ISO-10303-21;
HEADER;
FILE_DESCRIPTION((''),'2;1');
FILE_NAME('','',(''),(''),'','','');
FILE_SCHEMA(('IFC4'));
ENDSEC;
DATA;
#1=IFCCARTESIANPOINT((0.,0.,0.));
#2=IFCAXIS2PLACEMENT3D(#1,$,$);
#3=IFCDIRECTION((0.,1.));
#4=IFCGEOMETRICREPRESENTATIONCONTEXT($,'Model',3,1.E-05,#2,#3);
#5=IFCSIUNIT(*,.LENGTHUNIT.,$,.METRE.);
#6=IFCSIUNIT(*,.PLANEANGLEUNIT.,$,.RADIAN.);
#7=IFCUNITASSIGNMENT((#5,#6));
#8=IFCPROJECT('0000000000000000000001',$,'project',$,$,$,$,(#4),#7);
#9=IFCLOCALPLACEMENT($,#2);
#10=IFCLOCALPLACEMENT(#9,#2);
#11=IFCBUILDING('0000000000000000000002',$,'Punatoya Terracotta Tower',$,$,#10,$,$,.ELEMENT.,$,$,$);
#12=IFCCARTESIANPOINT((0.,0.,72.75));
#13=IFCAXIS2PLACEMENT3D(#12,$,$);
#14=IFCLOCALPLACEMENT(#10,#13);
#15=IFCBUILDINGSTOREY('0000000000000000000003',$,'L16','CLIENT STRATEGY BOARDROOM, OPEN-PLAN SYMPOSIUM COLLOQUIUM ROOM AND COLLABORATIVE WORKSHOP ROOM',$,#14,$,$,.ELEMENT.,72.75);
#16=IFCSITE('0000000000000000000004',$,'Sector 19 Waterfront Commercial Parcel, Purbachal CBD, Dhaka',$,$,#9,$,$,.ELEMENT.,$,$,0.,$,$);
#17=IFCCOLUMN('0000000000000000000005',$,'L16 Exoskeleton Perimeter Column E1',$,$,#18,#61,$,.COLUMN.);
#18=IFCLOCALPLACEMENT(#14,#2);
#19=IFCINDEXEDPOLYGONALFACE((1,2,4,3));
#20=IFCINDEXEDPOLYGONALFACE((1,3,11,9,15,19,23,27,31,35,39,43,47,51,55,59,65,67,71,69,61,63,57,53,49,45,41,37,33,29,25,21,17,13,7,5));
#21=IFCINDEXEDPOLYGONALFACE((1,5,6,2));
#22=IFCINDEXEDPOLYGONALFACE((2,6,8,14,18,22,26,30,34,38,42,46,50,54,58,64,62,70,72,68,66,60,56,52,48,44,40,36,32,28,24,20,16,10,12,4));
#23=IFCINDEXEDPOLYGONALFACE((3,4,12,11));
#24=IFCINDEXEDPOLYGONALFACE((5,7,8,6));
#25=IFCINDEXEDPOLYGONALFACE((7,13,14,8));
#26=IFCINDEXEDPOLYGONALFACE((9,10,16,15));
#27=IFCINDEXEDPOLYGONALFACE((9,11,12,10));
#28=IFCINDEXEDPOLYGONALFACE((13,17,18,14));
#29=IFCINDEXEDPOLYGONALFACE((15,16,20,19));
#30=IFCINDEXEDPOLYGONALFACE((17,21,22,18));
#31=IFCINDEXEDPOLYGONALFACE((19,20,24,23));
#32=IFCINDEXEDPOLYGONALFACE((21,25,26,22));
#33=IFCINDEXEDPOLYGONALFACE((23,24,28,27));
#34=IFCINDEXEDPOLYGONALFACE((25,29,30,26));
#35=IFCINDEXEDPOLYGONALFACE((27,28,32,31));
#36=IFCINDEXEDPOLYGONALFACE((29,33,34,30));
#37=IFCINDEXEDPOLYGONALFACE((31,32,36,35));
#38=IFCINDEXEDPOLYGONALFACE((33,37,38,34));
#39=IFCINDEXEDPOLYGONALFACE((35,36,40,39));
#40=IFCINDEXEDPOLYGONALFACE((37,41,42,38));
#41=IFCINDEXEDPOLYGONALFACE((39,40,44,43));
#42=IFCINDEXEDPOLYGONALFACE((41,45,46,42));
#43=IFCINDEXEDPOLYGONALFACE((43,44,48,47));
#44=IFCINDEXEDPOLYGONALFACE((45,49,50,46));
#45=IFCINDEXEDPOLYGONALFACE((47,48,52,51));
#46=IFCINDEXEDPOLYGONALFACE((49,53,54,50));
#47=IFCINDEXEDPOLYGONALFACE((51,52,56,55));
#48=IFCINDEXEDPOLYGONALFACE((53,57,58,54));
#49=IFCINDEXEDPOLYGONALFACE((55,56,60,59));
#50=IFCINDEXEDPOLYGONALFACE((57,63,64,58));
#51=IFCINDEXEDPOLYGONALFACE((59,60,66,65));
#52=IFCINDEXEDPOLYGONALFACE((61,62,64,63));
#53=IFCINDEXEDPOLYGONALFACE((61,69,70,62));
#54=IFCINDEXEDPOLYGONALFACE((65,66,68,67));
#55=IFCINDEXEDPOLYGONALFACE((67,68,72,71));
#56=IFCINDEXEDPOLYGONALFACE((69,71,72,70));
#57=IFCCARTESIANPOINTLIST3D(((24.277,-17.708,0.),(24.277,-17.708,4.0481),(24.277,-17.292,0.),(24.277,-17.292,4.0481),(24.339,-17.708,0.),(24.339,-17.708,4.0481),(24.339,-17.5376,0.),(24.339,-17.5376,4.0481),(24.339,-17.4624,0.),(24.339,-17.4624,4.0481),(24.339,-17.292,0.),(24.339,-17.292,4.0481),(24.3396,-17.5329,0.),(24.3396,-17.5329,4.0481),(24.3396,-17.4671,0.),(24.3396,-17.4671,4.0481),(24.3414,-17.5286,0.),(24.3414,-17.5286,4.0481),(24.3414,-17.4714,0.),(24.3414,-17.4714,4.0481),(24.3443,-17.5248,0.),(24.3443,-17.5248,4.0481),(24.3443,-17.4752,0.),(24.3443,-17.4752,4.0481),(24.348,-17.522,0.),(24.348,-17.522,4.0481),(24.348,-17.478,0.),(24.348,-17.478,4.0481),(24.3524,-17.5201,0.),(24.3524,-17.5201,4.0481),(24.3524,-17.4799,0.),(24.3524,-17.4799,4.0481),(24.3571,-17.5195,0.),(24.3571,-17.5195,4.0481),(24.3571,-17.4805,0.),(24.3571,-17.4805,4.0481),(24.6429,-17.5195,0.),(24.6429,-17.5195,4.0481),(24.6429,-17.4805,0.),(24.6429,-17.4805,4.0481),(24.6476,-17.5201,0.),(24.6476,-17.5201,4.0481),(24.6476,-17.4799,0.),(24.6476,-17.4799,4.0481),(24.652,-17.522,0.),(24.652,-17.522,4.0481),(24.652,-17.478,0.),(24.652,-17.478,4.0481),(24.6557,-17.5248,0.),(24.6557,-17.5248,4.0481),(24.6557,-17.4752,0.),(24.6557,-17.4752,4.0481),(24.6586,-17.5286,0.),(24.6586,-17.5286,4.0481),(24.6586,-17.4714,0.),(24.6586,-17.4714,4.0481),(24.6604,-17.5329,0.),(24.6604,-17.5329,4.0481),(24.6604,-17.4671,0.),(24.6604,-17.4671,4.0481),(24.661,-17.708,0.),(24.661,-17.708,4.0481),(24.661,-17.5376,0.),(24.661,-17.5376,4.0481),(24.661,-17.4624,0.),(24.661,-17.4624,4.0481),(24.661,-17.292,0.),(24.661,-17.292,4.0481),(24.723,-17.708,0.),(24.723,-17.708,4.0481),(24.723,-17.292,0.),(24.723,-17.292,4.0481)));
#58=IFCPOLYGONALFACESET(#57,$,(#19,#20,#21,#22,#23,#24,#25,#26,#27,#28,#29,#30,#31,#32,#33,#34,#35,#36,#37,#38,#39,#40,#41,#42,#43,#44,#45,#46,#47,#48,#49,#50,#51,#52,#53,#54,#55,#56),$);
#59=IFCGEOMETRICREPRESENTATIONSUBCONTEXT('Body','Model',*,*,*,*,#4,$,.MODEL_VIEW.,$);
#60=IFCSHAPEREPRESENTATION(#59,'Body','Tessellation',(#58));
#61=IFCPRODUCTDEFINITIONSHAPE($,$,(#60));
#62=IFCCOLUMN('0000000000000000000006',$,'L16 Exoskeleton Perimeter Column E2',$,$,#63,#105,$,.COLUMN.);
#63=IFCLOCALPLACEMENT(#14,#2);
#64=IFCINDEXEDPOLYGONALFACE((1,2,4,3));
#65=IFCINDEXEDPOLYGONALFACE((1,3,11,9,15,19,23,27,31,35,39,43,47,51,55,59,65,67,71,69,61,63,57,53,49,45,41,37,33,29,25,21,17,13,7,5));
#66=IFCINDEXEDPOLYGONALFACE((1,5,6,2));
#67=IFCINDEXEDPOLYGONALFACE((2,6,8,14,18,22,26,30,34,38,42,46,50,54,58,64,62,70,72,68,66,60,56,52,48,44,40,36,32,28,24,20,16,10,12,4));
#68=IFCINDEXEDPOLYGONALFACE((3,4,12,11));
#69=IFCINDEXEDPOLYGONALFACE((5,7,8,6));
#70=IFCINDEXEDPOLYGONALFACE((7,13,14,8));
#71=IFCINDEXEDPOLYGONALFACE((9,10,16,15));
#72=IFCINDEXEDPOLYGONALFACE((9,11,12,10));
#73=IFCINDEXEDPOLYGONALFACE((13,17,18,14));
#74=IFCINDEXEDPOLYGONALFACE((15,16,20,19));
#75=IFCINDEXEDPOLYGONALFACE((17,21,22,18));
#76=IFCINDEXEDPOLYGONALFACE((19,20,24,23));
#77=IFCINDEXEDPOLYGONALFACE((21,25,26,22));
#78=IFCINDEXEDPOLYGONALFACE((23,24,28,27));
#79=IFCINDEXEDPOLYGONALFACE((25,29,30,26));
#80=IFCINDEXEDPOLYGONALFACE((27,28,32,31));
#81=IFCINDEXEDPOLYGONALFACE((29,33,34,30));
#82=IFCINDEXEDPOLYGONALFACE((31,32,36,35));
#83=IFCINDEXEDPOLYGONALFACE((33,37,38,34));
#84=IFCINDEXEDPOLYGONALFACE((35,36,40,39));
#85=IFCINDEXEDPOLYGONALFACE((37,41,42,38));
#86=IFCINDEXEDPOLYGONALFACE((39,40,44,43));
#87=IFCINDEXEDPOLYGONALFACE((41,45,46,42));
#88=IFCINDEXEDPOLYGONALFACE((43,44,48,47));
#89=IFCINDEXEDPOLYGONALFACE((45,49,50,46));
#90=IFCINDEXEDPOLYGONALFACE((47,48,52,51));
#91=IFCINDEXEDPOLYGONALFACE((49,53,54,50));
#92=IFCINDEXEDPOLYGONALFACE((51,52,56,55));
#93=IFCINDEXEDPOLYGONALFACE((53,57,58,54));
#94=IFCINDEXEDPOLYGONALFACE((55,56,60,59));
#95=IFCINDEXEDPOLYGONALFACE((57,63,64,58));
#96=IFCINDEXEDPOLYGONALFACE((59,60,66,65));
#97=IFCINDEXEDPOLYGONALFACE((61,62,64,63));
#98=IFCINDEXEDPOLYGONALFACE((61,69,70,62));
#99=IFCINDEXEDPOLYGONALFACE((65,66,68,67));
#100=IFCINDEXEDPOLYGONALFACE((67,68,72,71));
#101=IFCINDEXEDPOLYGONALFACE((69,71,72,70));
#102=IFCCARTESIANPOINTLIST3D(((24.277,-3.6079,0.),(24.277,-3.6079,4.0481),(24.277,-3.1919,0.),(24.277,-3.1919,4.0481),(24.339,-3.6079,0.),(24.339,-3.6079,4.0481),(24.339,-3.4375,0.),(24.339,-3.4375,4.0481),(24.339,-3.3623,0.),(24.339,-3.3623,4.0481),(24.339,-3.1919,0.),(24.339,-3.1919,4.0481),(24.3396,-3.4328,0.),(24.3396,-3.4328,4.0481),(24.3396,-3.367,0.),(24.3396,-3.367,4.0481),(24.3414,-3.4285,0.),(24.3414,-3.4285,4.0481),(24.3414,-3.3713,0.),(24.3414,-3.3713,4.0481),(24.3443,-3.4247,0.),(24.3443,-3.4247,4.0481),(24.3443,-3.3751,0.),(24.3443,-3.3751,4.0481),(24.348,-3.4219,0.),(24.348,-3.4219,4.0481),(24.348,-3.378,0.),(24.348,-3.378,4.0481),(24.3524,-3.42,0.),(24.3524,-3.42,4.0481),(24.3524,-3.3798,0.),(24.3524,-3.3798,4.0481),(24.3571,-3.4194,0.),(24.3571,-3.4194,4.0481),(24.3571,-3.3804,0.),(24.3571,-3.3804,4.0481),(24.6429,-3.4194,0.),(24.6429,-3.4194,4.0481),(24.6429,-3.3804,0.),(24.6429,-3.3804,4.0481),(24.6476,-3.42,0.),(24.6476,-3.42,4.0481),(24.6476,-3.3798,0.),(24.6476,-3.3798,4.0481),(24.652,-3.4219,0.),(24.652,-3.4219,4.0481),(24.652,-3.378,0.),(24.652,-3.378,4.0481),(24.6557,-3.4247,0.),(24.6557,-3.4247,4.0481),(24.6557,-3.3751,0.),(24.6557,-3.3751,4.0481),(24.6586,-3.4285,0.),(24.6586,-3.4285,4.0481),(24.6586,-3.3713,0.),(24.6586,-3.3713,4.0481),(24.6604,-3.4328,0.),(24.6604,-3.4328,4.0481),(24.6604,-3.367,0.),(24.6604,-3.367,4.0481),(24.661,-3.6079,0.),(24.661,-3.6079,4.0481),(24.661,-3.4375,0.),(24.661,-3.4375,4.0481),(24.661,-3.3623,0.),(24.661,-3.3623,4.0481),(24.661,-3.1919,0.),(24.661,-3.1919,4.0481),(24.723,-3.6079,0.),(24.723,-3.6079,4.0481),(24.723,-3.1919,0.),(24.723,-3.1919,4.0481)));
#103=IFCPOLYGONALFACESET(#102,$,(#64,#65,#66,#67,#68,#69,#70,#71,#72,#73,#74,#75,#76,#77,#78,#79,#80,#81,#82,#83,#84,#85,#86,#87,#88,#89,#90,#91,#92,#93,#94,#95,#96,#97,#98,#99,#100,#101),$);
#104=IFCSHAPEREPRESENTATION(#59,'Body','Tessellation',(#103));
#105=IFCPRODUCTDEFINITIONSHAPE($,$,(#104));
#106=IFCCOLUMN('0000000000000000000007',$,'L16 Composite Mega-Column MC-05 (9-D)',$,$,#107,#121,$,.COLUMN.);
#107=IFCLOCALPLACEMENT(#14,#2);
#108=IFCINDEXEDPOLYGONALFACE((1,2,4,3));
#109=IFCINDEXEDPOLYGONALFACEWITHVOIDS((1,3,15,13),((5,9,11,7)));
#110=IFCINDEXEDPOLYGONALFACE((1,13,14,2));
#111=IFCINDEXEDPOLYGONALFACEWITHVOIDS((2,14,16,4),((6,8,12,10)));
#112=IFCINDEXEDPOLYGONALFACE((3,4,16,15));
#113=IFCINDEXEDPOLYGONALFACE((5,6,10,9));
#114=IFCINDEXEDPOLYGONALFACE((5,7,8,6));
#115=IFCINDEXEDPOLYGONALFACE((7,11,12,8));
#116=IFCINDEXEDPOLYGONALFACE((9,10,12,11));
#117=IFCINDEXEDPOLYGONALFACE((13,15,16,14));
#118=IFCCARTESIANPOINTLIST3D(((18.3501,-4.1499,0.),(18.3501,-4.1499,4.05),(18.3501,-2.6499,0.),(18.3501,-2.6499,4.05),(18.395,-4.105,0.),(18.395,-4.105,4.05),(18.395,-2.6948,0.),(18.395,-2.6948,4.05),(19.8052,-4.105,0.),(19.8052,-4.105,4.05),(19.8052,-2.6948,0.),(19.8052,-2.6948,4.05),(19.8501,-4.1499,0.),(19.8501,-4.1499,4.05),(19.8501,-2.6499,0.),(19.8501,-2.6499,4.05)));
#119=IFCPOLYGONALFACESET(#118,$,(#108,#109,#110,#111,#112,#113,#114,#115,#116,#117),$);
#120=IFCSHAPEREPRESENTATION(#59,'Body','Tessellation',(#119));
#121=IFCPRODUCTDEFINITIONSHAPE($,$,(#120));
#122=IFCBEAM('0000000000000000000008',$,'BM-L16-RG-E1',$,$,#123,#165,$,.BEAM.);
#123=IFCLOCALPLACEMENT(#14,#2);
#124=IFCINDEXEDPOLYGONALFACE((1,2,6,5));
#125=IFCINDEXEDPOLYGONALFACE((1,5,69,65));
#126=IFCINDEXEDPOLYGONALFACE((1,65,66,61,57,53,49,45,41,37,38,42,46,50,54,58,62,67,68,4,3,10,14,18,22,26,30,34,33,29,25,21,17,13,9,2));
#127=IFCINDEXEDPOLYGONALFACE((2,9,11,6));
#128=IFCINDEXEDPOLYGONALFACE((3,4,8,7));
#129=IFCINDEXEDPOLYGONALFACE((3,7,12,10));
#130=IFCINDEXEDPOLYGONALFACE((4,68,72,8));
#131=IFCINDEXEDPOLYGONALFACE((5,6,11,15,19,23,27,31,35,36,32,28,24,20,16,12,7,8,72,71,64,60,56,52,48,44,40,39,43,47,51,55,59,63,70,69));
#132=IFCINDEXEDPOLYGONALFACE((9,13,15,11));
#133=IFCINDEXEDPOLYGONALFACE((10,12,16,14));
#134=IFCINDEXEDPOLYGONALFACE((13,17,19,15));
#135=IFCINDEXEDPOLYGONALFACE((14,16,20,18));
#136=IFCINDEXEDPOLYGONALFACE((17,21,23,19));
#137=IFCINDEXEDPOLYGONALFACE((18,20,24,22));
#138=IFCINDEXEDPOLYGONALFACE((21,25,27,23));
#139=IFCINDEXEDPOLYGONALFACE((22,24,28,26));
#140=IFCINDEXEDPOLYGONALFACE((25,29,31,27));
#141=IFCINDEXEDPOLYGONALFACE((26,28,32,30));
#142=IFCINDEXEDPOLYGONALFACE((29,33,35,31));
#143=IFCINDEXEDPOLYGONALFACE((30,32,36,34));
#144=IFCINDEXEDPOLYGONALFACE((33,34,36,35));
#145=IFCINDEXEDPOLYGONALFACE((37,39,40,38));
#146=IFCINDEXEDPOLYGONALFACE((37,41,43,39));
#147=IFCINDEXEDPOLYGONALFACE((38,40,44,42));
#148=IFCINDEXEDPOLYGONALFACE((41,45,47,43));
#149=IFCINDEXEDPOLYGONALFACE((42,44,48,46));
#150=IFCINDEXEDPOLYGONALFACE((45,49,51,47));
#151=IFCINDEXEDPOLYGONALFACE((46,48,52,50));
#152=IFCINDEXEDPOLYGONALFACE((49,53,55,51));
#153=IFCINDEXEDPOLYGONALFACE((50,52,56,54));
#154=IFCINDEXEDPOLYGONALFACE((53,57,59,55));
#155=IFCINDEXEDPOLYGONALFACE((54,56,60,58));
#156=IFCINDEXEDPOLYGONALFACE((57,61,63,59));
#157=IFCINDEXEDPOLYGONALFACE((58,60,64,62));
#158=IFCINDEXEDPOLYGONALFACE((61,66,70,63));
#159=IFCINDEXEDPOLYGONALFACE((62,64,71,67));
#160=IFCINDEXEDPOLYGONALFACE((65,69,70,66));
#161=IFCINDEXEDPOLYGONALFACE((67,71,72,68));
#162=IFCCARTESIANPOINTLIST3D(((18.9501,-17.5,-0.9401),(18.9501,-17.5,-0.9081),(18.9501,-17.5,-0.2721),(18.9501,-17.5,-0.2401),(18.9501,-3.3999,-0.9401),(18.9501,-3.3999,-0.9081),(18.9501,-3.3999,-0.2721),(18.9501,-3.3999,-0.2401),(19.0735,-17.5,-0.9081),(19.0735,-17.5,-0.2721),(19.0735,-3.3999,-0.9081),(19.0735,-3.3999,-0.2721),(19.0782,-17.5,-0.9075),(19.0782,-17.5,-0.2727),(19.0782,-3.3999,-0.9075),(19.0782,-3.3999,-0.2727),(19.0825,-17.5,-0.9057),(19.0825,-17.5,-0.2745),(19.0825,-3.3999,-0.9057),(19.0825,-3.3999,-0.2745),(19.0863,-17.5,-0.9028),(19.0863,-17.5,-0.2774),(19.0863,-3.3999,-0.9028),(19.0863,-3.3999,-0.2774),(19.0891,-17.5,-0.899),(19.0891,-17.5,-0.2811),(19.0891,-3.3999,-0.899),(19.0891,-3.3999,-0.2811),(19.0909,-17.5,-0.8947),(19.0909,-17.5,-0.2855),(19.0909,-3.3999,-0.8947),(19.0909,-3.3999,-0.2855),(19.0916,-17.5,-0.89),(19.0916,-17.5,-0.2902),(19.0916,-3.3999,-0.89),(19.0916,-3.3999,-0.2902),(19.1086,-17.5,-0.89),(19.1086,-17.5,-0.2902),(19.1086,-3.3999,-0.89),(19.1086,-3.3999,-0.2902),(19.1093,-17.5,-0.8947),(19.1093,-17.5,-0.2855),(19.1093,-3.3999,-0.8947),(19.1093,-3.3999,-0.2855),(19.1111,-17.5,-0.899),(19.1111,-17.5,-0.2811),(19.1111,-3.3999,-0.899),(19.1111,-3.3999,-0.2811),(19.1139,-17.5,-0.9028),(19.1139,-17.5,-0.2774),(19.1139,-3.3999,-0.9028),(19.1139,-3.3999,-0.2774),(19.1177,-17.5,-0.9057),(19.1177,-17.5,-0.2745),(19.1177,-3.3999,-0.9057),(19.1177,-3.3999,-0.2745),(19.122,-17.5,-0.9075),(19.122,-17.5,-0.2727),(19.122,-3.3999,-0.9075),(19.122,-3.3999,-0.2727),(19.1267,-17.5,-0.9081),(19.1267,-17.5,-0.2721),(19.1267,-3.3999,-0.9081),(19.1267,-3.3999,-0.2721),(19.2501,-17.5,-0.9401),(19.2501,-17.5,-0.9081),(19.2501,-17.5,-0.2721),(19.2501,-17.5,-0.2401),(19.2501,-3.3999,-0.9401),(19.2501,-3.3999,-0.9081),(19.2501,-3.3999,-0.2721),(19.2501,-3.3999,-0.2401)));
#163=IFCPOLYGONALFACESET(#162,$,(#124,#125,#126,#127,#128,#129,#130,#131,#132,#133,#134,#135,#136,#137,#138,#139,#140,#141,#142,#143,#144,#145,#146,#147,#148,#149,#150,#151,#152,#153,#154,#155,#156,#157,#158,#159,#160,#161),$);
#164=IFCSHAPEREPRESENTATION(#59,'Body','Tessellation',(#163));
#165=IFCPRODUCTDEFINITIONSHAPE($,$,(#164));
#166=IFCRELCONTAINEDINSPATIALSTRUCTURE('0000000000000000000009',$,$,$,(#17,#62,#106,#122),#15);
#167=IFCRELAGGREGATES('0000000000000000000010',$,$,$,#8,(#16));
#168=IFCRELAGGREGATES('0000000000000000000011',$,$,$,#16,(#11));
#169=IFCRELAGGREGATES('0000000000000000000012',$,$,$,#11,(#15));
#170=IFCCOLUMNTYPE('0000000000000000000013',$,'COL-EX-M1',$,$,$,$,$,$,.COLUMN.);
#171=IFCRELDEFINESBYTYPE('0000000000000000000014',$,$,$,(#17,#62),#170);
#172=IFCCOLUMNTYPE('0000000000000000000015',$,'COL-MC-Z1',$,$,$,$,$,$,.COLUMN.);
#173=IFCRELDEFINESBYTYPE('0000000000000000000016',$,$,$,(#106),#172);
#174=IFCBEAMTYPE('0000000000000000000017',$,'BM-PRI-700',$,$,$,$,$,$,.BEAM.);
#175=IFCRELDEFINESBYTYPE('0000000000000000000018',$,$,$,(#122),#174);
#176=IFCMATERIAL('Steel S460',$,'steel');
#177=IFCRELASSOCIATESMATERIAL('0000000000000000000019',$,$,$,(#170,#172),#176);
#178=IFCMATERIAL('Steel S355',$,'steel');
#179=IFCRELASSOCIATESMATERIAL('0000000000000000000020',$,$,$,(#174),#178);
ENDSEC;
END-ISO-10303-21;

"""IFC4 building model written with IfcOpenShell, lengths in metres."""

from ifc_helpers import new_model, si_unit, direction, frame, origin, origin_2d, place, context, subcontext, project, spatial, hollow_rectangle, i_section, extrude, material, material_profile, profile_set, type_object, element, save


model = new_model("IFC4")

# Units and contexts
model_context = context("Model", 3, precision=1e-05, world=origin(), true_north=direction((0.0, 1.0)))
body_context = subcontext(model_context, "Body", "Model", "MODEL_VIEW")
ifc_project = project(units=[si_unit("LENGTHUNIT", "METRE"), si_unit("PLANEANGLEUNIT", "RADIAN")], contexts=[model_context])

# Site, building, storey
site_placement = place(None, origin())
site = spatial("IfcSite", under=ifc_project, at=site_placement, Name="Sector 19 Waterfront Commercial Parcel, Purbachal CBD, Dhaka", CompositionType="ELEMENT", RefElevation=0.0)
building_placement = place(site_placement, origin())
building = spatial("IfcBuilding", under=site, at=building_placement, Name="Punatoya Terracotta Tower", CompositionType="ELEMENT")
storey_placement = place(building_placement, frame((0.0, 0.0, 72.75)))
storey = spatial("IfcBuildingStorey", under=building, at=storey_placement, Name="L16", Description="CLIENT STRATEGY BOARDROOM, OPEN-PLAN SYMPOSIUM COLLOQUIUM ROOM AND COLLABORATIVE WORKSHOP ROOM", CompositionType="ELEMENT", Elevation=72.75)

# Columns
ifc_material_1 = material(Name="Steel S460", Category="steel")
ifc_material_profile_1 = material_profile(ifc_material_1, i_section(OverallWidth=0.416, OverallDepth=0.446, WebThickness=0.0391, FlangeThickness=0.062, FilletRadius=0.0181, at=origin_2d()))
ifc_profile_set_1 = profile_set([ifc_material_profile_1], Name="Steel S460")
column_type_1 = type_object("IfcColumnType", Name="COL-EX-M1", PredefinedType="COLUMN", material=ifc_profile_set_1)
for number, where, z_axis, x_axis, name in (
    (1, (24.5, -17.5, 0.0), (0.0, 0.0, 1.0), (0.0, 1.0, 0.0), "L16 Exoskeleton Perimeter Column E1"),
    (2, (24.5, -3.3999, 0.0), (0.0, 0.0, 1.0), (0.0, 1.0, 0.0), "L16 Exoskeleton Perimeter Column E2"),
):
    element("IfcColumn", number, at=place(storey_placement, frame(where, z_axis=z_axis, x_axis=x_axis)), inside=storey, type_object=column_type_1, Name=name, PredefinedType="COLUMN", context=body_context, shape_type="SweptSolid", body=[
        extrude(i_section(OverallWidth=0.416, OverallDepth=0.446, WebThickness=0.0391, FlangeThickness=0.062, FilletRadius=0.0181, at=origin_2d()), origin(), (0.0, 0.0, 1.0), 4.0481),
    ])
ifc_material_profile_2 = material_profile(ifc_material_1, hollow_rectangle(XDim=1.5, YDim=1.5, WallThickness=0.0449, at=origin_2d()))
ifc_profile_set_2 = profile_set([ifc_material_profile_2], Name="Steel S460")
column_type_2 = type_object("IfcColumnType", Name="COL-MC-Z1", PredefinedType="COLUMN", material=ifc_profile_set_2)
column_placement = place(storey_placement, frame((19.1001, -3.3999, 0.0), z_axis=(0.0, 0.0, 1.0), x_axis=(1.0, 0.0, 0.0)))
element("IfcColumn", 3, at=column_placement, inside=storey, type_object=column_type_2, Name="L16 Composite Mega-Column MC-05 (9-D)", PredefinedType="COLUMN", context=body_context, shape_type="SweptSolid", body=[
    extrude(hollow_rectangle(XDim=1.5, YDim=1.5, WallThickness=0.0449, at=origin_2d()), origin(), (0.0, 0.0, 1.0), 4.05),
])

# Beam
ifc_material_2 = material(Name="Steel S355", Category="steel")
ifc_material_profile_3 = material_profile(ifc_material_2, i_section(OverallWidth=0.3, OverallDepth=0.7, WebThickness=0.0171, FlangeThickness=0.032, FilletRadius=0.0181, at=origin_2d()))
ifc_profile_set_3 = profile_set([ifc_material_profile_3], Name="Steel S355")
beam_type_1 = type_object("IfcBeamType", Name="BM-PRI-700", PredefinedType="BEAM", material=ifc_profile_set_3)
beam_1_placement = place(storey_placement, frame((19.1001, -17.5, -0.5901), z_axis=(0.0, 1.0, 0.0), x_axis=(-1.0, 0.0, 0.0)))
element("IfcBeam", 4, at=beam_1_placement, inside=storey, type_object=beam_type_1, Name="BM-L16-RG-E1", PredefinedType="BEAM", context=body_context, shape_type="SweptSolid", body=[
    extrude(i_section(OverallWidth=0.3, OverallDepth=0.7, WebThickness=0.0171, FlangeThickness=0.032, FilletRadius=0.0181, at=origin_2d()), origin(), (0.0, 0.0, 1.0), 14.1001),
])

save(model, "model.ifc")
